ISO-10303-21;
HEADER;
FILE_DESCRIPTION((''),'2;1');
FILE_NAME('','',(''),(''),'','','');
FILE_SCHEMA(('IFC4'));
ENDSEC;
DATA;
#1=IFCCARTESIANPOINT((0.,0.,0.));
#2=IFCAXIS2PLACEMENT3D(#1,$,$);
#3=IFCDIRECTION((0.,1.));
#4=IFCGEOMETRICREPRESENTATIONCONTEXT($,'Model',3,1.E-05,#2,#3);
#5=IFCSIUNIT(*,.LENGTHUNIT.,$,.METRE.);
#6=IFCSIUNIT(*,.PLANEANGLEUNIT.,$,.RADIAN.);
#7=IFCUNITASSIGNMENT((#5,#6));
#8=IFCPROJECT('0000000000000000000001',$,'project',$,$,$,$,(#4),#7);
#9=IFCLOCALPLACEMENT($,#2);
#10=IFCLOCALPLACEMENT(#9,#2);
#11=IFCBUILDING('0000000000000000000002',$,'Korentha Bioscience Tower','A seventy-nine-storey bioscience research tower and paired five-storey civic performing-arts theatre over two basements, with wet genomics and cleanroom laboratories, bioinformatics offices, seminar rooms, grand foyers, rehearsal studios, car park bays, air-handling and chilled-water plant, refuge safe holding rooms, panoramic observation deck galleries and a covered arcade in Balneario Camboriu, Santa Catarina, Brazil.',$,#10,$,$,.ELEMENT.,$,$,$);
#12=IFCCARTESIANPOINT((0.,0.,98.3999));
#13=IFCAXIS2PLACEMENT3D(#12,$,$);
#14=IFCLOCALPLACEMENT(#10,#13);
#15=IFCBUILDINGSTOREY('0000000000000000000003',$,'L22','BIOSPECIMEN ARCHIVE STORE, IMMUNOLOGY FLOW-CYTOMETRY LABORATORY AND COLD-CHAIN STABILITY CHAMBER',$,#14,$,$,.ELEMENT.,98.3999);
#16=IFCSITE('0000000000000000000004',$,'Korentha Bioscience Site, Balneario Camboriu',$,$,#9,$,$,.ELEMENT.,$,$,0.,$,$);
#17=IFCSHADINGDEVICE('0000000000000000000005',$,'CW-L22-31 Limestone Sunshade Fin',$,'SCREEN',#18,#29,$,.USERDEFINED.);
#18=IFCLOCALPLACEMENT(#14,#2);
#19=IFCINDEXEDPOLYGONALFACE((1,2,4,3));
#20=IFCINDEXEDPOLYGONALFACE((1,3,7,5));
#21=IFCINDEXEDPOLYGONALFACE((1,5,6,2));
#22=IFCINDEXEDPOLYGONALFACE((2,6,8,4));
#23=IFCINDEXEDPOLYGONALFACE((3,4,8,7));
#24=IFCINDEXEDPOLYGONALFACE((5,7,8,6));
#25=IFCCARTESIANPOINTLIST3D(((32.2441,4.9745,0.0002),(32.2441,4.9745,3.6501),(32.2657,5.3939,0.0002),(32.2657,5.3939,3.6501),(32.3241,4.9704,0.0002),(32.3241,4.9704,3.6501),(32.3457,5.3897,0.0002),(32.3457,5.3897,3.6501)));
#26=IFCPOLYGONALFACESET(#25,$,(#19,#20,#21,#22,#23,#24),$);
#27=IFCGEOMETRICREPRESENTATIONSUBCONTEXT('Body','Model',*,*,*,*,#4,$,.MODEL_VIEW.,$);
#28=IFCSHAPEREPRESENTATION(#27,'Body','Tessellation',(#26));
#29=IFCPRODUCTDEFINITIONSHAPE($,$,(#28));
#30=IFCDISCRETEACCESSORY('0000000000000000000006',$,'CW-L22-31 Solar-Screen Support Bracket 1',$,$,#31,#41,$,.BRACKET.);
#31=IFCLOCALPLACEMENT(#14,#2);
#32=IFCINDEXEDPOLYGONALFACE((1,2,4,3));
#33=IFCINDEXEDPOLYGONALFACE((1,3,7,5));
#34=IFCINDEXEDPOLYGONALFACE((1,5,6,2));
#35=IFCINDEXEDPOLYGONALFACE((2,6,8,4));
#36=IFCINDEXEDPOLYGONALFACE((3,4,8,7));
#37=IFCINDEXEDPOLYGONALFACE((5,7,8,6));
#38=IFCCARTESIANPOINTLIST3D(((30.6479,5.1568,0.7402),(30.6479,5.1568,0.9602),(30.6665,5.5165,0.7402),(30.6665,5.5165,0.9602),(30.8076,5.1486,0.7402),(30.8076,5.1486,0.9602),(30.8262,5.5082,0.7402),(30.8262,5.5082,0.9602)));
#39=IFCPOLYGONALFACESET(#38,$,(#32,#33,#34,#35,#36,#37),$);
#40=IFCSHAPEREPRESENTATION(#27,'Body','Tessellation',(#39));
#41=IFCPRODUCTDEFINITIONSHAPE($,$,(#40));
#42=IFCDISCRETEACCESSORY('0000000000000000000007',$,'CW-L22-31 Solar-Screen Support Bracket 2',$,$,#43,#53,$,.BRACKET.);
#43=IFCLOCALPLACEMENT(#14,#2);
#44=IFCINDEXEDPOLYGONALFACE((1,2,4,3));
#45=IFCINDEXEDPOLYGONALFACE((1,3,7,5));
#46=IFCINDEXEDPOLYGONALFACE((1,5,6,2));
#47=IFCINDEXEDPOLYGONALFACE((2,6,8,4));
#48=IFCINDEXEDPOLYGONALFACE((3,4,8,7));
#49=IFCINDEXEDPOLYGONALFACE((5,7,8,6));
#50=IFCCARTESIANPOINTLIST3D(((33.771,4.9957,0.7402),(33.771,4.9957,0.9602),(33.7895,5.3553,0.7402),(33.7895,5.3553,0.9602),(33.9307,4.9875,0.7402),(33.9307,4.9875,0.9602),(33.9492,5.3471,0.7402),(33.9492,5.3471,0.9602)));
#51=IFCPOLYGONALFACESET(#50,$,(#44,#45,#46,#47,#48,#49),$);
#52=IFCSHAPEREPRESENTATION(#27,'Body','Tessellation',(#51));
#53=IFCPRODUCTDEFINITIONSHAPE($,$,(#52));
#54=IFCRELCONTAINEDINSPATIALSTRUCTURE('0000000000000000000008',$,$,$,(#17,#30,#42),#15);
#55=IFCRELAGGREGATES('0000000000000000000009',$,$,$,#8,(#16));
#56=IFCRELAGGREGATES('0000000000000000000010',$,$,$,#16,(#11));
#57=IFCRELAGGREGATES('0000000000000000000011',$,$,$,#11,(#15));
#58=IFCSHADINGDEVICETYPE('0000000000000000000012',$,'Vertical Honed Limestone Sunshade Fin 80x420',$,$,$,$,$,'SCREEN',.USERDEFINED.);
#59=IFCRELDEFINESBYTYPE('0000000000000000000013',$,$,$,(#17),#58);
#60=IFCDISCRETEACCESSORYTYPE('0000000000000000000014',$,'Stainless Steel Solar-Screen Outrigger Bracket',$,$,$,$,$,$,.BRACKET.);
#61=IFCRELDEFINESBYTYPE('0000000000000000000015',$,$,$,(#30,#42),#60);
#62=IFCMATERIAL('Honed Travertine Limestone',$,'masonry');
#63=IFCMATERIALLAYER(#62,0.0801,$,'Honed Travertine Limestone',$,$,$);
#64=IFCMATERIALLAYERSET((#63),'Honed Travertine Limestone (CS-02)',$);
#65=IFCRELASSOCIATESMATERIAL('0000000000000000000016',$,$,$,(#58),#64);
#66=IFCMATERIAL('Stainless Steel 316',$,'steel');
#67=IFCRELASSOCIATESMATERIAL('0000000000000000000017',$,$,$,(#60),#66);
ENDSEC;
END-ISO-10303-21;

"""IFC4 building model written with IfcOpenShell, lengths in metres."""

from ifc_helpers import new_model, si_unit, direction, frame, origin, origin_2d, place, context, subcontext, project, spatial, rectangle, extrude, material, layer, layer_set, type_object, element, save


model = new_model("IFC4")

# Units and contexts
model_context = context("Model", 3, precision=1e-05, world=origin(), true_north=direction((0.0, 1.0)))
body_context = subcontext(model_context, "Body", "Model", "MODEL_VIEW")
ifc_project = project(units=[si_unit("LENGTHUNIT", "METRE"), si_unit("PLANEANGLEUNIT", "RADIAN")], contexts=[model_context])

# Site, building, storey
site_placement = place(None, origin())
site = spatial("IfcSite", under=ifc_project, at=site_placement, Name="Korentha Bioscience Site, Balneario Camboriu", CompositionType="ELEMENT", RefElevation=0.0)
building_placement = place(site_placement, origin())
building = spatial("IfcBuilding", under=site, at=building_placement, Name="Korentha Bioscience Tower", Description="A seventy-nine-storey bioscience research tower and paired five-storey civic performing-arts theatre over two basements, with wet genomics and cleanroom laboratories, bioinformatics offices, seminar rooms, grand foyers, rehearsal studios, car park bays, air-handling and chilled-water plant, refuge safe holding rooms, panoramic observation deck galleries and a covered arcade in Balneario Camboriu, Santa Catarina, Brazil.", CompositionType="ELEMENT")
storey_placement = place(building_placement, frame((0.0, 0.0, 98.3999)))
storey = spatial("IfcBuildingStorey", under=building, at=storey_placement, Name="L22", Description="BIOSPECIMEN ARCHIVE STORE, IMMUNOLOGY FLOW-CYTOMETRY LABORATORY AND COLD-CHAIN STABILITY CHAMBER", CompositionType="ELEMENT", Elevation=98.3999)

# Shading device
ifc_material_1 = material(Name="Honed Travertine Limestone", Category="masonry")
ifc_layer_1 = layer(ifc_material_1, 0.0801, Name="Honed Travertine Limestone")
ifc_layer_set_1 = layer_set([ifc_layer_1], Name="Honed Travertine Limestone (CS-02)")
shading_device_type_1 = type_object("IfcShadingDeviceType", Name="Vertical Honed Limestone Sunshade Fin 80x420", ElementType="SCREEN", PredefinedType="USERDEFINED", material=ifc_layer_set_1)
shading_device_1_placement = place(storey_placement, frame((32.2949, 5.1821, 0.0002), z_axis=(0.0, 0.0, 1.0), x_axis=(0.998673, -0.051495, 0.0)))
element("IfcShadingDevice", 1, at=shading_device_1_placement, inside=storey, type_object=shading_device_type_1, Name="CW-L22-31 Limestone Sunshade Fin", ObjectType="SCREEN", PredefinedType="USERDEFINED", context=body_context, shape_type="SweptSolid", body=[
    extrude(rectangle(XDim=0.0801, YDim=0.4199, at=origin_2d()), origin(), (0.0, 0.0, 1.0), 3.6499),
])

# Discrete accessories
ifc_material_2 = material(Name="Stainless Steel 316", Category="steel")
discrete_accessory_type = type_object("IfcDiscreteAccessoryType", Name="Stainless Steel Solar-Screen Outrigger Bracket", PredefinedType="BRACKET", material=ifc_material_2)
for number, where, z_axis, x_axis, name in (
    (2, (30.7371, 5.3325, 0.7402), (0.0, 0.0, 1.0), (0.998673, -0.051495, 0.0), "CW-L22-31 Solar-Screen Support Bracket 1"),
    (3, (33.8601, 5.1714, 0.7402), (0.0, 0.0, 1.0), (0.998673, -0.051495, 0.0), "CW-L22-31 Solar-Screen Support Bracket 2"),
):
    element("IfcDiscreteAccessory", number, at=place(storey_placement, frame(where, z_axis=z_axis, x_axis=x_axis)), inside=storey, type_object=discrete_accessory_type, Name=name, PredefinedType="BRACKET", context=body_context, shape_type="SweptSolid", body=[
        extrude(rectangle(XDim=0.1599, YDim=0.3601, at=origin_2d()), origin(), (0.0, 0.0, 1.0), 0.22),
    ])

save(model, "model.ifc")
